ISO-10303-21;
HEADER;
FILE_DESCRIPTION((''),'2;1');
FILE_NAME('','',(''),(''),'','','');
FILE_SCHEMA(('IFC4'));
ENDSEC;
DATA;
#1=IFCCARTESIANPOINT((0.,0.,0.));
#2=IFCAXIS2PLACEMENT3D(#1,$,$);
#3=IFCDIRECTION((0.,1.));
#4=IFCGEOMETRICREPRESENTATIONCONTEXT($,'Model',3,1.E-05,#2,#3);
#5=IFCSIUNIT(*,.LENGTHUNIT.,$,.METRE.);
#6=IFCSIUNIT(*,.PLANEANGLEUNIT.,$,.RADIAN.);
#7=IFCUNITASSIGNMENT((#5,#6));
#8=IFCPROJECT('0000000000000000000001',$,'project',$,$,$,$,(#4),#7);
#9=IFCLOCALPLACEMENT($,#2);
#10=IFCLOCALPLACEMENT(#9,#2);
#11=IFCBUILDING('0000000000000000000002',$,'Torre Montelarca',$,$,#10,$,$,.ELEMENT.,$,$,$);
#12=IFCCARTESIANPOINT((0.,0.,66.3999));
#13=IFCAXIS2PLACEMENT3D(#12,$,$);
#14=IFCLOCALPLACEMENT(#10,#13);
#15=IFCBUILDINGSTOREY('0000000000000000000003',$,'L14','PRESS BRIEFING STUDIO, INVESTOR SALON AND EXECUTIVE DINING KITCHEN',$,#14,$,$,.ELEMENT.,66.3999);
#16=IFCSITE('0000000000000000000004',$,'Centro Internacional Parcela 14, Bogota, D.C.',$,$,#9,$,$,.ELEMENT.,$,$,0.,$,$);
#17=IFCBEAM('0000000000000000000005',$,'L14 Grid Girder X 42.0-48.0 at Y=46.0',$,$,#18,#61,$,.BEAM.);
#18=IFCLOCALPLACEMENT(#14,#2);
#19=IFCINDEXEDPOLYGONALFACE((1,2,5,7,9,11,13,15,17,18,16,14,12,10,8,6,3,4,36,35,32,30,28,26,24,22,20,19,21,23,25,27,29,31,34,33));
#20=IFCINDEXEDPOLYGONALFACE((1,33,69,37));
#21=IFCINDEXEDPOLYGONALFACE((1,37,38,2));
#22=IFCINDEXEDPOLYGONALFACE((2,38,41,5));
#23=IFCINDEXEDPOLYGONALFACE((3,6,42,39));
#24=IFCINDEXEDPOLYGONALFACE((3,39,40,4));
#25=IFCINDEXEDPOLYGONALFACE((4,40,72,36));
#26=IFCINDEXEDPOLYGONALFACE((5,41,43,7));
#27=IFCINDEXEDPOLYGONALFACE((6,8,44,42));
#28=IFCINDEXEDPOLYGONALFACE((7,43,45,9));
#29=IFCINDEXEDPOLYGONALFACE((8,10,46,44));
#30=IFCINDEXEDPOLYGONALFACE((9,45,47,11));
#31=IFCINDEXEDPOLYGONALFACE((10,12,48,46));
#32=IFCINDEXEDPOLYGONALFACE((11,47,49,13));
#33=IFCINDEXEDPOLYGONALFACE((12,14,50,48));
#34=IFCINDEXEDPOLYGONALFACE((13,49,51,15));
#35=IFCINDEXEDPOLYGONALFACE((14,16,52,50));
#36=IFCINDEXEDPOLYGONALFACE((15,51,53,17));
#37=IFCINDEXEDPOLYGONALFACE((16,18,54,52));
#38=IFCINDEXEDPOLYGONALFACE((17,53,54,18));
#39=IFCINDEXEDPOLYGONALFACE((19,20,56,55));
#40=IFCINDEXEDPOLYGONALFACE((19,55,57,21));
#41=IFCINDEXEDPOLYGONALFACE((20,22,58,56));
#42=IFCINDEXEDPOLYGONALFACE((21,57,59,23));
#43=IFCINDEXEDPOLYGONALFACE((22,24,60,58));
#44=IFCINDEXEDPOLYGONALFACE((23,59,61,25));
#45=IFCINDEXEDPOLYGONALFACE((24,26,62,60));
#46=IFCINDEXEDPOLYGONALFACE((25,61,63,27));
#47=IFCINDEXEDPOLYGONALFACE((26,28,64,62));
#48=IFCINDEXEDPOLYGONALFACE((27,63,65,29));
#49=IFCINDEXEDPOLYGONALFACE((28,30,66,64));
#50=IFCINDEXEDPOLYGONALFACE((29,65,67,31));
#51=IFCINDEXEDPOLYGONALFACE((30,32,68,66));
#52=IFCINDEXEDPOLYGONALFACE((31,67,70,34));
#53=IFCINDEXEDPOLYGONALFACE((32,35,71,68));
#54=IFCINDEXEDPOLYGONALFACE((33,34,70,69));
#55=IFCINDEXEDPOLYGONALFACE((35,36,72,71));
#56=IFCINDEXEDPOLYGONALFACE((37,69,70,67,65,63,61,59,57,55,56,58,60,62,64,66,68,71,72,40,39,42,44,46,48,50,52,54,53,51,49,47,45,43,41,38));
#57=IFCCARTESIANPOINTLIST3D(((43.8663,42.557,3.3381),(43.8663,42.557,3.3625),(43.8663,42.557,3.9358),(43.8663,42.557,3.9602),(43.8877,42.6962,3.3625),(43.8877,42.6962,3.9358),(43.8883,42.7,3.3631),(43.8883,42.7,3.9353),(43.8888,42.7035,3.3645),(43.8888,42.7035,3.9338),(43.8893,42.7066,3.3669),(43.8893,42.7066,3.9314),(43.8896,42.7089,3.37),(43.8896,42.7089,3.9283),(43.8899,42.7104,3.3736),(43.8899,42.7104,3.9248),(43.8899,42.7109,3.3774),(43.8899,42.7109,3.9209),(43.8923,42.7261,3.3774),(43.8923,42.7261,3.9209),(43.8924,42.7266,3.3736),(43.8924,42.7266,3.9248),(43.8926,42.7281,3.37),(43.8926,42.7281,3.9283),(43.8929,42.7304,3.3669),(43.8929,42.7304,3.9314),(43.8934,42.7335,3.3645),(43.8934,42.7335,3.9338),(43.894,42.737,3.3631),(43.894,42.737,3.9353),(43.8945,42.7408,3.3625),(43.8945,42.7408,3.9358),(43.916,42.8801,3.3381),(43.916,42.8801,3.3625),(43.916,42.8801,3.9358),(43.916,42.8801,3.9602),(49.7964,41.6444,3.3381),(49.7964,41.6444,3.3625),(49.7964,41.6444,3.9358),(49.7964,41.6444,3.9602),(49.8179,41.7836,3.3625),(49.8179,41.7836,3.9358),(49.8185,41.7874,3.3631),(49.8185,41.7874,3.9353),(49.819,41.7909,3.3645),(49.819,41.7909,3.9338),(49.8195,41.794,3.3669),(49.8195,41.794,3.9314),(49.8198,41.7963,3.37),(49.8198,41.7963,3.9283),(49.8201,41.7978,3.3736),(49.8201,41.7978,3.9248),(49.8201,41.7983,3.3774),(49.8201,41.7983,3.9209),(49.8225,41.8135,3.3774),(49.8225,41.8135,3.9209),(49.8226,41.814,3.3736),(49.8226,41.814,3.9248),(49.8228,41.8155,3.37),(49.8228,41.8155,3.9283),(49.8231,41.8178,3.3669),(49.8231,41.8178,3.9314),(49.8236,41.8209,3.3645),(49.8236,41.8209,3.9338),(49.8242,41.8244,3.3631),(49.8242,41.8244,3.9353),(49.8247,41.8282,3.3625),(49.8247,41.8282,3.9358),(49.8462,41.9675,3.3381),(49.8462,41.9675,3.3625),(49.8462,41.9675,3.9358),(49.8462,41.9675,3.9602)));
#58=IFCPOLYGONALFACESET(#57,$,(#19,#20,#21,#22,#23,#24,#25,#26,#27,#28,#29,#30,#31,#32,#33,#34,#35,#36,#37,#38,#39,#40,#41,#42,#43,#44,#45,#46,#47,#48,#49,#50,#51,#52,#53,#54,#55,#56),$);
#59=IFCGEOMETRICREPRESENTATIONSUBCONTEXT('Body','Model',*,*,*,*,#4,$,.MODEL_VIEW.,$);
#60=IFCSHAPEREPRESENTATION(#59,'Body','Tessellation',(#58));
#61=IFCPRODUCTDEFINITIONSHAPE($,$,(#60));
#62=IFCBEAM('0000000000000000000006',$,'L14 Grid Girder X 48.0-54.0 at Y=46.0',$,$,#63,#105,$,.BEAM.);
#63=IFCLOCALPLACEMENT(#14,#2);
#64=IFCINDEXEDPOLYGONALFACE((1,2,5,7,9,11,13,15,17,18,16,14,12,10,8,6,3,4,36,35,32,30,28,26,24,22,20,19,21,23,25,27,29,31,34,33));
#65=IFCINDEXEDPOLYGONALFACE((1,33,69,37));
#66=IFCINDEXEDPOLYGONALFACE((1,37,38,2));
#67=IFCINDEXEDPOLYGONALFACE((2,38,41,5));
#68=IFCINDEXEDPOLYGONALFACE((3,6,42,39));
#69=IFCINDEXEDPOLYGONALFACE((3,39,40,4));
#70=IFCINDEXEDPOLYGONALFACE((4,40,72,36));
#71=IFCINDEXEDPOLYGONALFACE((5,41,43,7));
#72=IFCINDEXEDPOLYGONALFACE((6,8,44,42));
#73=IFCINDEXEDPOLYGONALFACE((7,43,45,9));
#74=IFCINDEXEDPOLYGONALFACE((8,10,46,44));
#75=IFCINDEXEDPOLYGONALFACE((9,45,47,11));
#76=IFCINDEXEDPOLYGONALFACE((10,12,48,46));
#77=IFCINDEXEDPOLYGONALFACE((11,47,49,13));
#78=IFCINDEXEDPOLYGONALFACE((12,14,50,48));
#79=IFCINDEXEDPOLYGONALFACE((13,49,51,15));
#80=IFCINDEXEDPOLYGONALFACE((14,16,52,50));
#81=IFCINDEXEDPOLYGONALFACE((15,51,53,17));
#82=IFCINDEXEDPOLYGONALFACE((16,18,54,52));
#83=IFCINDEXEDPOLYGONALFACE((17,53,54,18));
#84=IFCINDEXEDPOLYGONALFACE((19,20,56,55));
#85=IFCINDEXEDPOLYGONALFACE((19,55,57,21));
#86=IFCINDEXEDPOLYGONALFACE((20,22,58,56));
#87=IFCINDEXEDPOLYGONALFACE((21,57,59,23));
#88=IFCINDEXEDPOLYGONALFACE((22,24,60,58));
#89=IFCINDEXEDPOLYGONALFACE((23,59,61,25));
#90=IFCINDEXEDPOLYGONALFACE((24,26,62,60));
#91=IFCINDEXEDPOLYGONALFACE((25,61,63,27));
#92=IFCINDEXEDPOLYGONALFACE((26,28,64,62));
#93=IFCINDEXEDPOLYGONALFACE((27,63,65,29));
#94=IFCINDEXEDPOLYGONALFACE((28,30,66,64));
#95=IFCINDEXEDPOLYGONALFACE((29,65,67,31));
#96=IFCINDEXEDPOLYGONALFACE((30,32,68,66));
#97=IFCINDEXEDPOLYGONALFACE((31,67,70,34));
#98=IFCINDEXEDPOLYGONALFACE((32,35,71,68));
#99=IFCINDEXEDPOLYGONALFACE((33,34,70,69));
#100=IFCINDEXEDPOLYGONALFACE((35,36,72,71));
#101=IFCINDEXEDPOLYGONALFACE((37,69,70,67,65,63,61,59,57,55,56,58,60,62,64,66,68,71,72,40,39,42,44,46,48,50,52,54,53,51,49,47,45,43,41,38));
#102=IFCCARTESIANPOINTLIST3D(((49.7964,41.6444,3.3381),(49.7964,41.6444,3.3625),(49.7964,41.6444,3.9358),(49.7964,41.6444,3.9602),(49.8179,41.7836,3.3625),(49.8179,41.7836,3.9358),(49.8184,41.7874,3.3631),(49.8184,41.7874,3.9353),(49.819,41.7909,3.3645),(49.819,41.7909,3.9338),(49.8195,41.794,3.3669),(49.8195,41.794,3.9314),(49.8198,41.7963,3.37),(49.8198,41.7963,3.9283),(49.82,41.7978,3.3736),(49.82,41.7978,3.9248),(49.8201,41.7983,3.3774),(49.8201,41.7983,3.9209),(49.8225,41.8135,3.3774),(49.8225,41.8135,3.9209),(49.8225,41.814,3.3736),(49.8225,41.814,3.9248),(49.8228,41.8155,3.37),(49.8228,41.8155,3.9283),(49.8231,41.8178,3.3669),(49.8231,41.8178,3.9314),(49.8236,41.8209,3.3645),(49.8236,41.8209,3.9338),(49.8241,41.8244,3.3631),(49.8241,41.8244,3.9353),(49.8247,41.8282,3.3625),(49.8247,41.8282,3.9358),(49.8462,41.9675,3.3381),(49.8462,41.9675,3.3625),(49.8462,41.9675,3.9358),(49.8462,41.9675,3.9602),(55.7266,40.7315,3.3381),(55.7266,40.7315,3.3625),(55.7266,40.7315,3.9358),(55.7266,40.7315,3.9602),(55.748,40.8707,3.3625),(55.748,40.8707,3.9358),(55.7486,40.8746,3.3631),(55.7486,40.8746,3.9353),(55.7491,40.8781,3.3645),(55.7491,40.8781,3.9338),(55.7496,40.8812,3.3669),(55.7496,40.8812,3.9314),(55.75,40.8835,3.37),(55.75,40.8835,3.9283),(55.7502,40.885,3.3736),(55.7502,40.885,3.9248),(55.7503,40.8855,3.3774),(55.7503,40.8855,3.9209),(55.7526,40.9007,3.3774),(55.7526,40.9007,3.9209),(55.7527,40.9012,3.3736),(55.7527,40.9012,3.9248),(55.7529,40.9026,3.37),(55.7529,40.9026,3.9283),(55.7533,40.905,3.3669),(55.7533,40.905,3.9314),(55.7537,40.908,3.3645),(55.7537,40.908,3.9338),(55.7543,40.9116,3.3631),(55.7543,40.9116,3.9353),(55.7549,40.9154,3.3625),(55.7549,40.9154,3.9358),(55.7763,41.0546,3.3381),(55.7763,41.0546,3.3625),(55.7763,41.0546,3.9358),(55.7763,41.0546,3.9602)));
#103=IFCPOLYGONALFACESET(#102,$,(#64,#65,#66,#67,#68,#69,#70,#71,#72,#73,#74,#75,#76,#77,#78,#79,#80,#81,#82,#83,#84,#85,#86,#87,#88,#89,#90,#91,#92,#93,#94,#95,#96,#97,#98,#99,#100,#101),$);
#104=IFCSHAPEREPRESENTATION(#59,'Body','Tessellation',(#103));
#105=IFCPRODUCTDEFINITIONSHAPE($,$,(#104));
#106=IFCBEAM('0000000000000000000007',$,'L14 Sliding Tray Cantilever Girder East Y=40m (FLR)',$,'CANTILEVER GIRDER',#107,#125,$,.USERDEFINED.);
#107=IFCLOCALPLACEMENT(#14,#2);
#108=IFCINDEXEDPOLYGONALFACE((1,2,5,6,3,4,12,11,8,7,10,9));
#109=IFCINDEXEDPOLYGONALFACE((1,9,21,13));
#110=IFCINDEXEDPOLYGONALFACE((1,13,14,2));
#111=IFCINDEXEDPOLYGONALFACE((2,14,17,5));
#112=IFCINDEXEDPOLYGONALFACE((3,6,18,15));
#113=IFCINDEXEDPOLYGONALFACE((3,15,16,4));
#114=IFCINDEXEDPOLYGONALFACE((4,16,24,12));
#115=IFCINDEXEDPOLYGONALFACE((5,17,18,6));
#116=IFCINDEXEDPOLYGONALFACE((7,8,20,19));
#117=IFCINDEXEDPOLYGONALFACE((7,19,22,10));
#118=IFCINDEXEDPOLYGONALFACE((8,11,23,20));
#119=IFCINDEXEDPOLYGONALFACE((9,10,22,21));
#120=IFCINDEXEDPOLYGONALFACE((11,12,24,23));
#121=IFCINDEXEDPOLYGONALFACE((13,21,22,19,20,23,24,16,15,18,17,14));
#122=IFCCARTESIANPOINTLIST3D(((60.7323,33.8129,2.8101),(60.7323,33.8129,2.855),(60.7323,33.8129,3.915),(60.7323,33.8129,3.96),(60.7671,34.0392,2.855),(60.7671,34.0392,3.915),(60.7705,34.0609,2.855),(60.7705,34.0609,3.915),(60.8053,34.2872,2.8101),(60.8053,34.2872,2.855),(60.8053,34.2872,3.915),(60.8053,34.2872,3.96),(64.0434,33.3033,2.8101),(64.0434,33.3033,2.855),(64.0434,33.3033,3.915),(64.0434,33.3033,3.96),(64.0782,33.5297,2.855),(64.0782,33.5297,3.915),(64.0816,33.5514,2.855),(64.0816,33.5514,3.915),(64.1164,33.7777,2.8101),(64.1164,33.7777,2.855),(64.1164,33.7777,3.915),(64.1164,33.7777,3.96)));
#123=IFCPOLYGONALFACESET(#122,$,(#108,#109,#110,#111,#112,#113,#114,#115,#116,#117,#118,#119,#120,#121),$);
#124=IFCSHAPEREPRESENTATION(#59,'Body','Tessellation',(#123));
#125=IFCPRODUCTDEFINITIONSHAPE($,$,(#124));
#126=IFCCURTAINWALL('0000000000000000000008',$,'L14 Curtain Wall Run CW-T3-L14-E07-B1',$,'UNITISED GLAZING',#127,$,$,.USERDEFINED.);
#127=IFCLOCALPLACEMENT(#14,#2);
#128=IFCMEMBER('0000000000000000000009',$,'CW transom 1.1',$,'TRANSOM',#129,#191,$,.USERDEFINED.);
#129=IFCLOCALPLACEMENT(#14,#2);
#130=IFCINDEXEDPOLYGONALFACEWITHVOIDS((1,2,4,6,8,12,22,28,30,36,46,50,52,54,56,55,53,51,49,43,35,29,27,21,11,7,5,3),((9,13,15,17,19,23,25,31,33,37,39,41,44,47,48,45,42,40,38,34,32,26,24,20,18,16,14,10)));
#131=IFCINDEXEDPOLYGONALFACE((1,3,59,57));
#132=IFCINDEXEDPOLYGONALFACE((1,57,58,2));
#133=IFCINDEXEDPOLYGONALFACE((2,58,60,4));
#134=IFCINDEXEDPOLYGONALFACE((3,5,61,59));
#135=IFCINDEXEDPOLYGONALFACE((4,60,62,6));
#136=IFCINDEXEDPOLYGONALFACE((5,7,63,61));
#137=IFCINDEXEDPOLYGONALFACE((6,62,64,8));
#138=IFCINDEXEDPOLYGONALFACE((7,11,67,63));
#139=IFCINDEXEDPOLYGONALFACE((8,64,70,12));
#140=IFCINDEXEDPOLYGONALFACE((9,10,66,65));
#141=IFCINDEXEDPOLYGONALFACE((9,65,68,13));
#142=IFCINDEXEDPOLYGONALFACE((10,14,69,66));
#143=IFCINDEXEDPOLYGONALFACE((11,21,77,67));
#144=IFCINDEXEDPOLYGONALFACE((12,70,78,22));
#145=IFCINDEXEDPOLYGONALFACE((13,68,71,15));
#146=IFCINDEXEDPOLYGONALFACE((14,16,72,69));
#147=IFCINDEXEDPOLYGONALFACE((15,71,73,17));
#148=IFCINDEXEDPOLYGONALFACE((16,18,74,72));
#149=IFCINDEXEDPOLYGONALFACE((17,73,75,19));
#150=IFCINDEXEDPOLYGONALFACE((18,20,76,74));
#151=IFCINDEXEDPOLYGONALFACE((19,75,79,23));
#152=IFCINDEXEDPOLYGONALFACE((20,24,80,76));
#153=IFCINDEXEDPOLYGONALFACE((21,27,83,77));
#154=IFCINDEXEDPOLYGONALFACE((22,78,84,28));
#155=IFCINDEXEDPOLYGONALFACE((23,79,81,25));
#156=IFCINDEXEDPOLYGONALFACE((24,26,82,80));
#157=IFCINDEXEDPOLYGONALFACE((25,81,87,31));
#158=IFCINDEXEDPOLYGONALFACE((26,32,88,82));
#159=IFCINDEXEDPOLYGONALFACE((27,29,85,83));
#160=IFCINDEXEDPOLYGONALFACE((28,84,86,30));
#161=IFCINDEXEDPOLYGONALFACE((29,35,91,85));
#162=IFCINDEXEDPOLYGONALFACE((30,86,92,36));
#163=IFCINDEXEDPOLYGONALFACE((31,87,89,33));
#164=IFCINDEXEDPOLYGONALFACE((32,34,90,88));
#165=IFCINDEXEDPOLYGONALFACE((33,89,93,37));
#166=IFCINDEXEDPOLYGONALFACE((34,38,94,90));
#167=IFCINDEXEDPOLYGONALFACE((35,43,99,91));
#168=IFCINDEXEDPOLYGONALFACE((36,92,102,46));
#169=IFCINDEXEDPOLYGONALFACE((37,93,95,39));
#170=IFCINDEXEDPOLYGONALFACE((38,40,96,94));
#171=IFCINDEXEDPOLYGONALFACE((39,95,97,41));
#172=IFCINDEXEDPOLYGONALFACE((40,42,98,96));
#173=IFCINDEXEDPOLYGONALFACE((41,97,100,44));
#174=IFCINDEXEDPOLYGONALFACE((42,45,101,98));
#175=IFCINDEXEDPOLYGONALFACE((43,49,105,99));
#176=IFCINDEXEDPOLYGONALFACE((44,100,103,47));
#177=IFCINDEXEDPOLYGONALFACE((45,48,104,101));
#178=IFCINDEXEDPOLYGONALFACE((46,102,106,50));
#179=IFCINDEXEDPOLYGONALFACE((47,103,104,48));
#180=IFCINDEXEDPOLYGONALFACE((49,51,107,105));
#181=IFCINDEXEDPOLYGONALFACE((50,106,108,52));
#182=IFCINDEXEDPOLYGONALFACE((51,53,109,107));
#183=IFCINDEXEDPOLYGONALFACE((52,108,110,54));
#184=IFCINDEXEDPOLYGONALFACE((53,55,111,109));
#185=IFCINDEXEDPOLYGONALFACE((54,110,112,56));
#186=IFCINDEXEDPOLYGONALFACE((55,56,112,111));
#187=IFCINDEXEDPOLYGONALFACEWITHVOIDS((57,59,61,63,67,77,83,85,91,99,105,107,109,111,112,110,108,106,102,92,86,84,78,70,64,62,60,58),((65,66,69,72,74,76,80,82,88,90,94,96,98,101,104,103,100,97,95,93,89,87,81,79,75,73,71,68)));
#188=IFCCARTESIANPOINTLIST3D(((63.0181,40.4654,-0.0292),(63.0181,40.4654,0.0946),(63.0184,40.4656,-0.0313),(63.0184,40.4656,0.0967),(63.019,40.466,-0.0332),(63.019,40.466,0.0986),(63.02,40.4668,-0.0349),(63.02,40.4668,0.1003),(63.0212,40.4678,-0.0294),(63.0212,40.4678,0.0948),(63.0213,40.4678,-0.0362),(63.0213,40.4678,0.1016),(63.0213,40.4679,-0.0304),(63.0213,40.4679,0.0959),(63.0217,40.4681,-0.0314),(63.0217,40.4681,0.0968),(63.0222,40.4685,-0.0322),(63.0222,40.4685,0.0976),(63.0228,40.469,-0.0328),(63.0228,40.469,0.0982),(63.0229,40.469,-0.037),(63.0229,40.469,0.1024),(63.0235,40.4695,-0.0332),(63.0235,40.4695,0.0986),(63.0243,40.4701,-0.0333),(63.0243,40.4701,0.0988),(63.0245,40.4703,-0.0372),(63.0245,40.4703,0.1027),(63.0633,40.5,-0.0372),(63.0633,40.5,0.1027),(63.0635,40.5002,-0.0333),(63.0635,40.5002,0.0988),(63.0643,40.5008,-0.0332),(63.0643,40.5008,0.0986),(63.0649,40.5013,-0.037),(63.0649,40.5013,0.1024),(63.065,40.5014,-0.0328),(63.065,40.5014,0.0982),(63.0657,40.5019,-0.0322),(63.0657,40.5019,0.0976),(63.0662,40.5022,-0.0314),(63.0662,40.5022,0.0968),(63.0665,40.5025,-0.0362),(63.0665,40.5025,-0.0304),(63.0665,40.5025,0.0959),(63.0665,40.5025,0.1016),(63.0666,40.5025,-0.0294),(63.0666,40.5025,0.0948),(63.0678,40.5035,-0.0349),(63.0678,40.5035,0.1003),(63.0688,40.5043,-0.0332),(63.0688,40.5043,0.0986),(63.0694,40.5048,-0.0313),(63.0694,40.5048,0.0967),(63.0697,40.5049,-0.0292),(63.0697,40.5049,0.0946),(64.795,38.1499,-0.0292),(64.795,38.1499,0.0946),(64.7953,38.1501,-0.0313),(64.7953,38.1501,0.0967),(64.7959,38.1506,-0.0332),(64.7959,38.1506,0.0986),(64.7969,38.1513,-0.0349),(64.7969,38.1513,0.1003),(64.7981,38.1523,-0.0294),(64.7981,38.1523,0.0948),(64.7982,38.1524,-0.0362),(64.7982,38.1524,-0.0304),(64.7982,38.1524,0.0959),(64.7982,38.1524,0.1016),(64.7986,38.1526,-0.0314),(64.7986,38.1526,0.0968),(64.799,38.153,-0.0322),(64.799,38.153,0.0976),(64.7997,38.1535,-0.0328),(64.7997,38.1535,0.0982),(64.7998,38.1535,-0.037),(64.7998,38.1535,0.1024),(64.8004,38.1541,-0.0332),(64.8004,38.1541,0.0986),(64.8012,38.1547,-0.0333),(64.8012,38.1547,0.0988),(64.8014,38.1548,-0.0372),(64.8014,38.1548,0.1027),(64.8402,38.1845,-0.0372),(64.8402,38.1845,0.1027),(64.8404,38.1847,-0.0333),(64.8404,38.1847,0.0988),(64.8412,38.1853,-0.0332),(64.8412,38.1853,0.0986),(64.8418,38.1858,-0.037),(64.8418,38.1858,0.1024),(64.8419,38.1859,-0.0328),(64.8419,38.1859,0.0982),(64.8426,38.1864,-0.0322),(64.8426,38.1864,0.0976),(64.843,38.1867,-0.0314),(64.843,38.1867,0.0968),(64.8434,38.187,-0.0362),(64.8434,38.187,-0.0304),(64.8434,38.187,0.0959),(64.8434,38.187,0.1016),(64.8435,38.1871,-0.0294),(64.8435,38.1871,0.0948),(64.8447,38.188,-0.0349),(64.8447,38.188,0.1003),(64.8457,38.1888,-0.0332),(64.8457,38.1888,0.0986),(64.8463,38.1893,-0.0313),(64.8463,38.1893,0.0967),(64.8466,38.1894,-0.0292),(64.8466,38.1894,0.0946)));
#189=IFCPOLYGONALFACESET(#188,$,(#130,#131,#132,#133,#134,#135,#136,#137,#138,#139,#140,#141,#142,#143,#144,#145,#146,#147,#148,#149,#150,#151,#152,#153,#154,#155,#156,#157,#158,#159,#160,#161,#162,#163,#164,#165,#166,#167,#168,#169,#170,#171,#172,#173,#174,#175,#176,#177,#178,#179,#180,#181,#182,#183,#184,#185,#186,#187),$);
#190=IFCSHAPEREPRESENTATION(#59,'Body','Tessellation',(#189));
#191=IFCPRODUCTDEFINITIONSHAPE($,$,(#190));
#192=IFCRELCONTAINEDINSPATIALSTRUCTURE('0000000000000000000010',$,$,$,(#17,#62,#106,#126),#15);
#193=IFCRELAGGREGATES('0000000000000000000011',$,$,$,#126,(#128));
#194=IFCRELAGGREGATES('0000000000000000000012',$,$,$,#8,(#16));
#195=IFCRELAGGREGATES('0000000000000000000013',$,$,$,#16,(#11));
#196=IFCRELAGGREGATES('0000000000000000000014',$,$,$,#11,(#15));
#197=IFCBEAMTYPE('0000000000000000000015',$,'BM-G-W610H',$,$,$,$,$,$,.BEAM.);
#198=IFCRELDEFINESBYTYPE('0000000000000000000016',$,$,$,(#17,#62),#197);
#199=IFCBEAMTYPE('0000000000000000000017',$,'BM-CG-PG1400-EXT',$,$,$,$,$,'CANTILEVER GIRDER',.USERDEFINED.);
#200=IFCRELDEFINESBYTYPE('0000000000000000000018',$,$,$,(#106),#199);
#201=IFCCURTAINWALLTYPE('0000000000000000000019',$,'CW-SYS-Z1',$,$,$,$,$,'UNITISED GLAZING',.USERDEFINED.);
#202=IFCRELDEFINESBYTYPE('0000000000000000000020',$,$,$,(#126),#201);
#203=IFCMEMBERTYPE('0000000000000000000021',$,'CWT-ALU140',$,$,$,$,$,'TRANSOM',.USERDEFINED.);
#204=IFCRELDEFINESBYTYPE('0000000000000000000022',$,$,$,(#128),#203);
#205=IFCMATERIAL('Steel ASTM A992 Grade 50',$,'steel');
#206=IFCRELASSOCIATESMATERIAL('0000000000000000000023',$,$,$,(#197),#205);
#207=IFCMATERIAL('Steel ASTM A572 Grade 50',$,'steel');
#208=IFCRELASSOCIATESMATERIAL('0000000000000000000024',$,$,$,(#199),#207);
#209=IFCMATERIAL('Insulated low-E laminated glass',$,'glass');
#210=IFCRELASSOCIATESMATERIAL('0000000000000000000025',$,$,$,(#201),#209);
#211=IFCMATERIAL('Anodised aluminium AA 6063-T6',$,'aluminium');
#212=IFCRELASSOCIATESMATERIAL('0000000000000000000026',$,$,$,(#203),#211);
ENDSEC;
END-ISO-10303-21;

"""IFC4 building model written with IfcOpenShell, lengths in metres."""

from ifc_helpers import new_model, si_unit, direction, frame, origin, origin_2d, place, context, subcontext, project, spatial, hollow_rectangle, i_section, extrude, source, transform, mapped, material, material_profile, profile_set, type_object, element, aggregate, save


model = new_model("IFC4")

# Units and contexts
model_context = context("Model", 3, precision=1e-05, world=origin(), true_north=direction((0.0, 1.0)))
body_context = subcontext(model_context, "Body", "Model", "MODEL_VIEW")
ifc_project = project(units=[si_unit("LENGTHUNIT", "METRE"), si_unit("PLANEANGLEUNIT", "RADIAN")], contexts=[model_context])

# Site, building, storey
site_placement = place(None, origin())
site = spatial("IfcSite", under=ifc_project, at=site_placement, Name="Centro Internacional Parcela 14, Bogota, D.C.", CompositionType="ELEMENT", RefElevation=0.0)
building_placement = place(site_placement, origin())
building = spatial("IfcBuilding", under=site, at=building_placement, Name="Torre Montelarca", CompositionType="ELEMENT")
storey_placement = place(building_placement, frame((0.0, 0.0, 66.3999)))
storey = spatial("IfcBuildingStorey", under=building, at=storey_placement, Name="L14", Description="PRESS BRIEFING STUDIO, INVESTOR SALON AND EXECUTIVE DINING KITCHEN", CompositionType="ELEMENT", Elevation=66.3999)

# Shared definitions
ifc_material_1 = material(Name="Steel ASTM A992 Grade 50", Category="steel")

# Beams
ifc_material_profile_1 = material_profile(ifc_material_1, i_section(OverallWidth=0.3269, OverallDepth=0.6221, WebThickness=0.0154, FlangeThickness=0.0244, FilletRadius=0.0149, at=origin_2d()), Name="W610X195", Category="steel")
ifc_profile_set_1 = profile_set([ifc_material_profile_1], Name="Steel ASTM A992 Grade 50")
beam_type_1 = type_object("IfcBeamType", Name="BM-G-W610H", PredefinedType="BEAM", material=ifc_profile_set_1)
shared_shape_1 = source(origin(), body_context, "Body", "SweptSolid", [
    extrude(i_section(OverallWidth=0.3269, OverallDepth=0.6221, WebThickness=0.0154, FlangeThickness=0.0244, FilletRadius=0.0149, at=origin_2d()), origin(), (0.0, 0.0, 1.0), 6.0),
])
for number, where, z_axis, x_axis, name in (
    (1, (43.8911, 42.7185, 3.6492), (0.988365, -0.1521, 0.0), (0.1521, 0.988365, 0.0), "L14 Grid Girder X 42.0-48.0 at Y=46.0"),
    (2, (49.8213, 41.8059, 3.6492), (0.988359, -0.15214, 0.0), (0.15214, 0.988359, 0.0), "L14 Grid Girder X 48.0-54.0 at Y=46.0"),
):
    element("IfcBeam", number, at=place(storey_placement, frame(where, z_axis=z_axis, x_axis=x_axis)), inside=storey, type_object=beam_type_1, Name=name, PredefinedType="BEAM", context=body_context, shape_type="MappedRepresentation", body=[
        mapped(shared_shape_1, transform((0.0, 0.0, 0.0), scale=1.0)),
    ])
ifc_material_2 = material(Name="Steel ASTM A572 Grade 50", Category="steel")
ifc_material_profile_2 = material_profile(ifc_material_2, i_section(OverallWidth=0.48, OverallDepth=1.1499, WebThickness=0.022, FlangeThickness=0.0449, at=origin_2d()), Name="PG1150X480X22X45", Category="steel")
ifc_profile_set_2 = profile_set([ifc_material_profile_2], Name="Steel ASTM A572 Grade 50")
beam_type_2 = type_object("IfcBeamType", Name="BM-CG-PG1400-EXT", ElementType="CANTILEVER GIRDER", PredefinedType="USERDEFINED", material=ifc_profile_set_2)
shared_shape_2 = source(origin(), body_context, "Body", "SweptSolid", [
    extrude(i_section(OverallWidth=0.48, OverallDepth=1.1499, WebThickness=0.022, FlangeThickness=0.0449, at=origin_2d()), origin(), (0.0, 0.0, 1.0), 3.3501),
])
beam_placement = place(storey_placement, frame((60.7688, 34.05, 3.385), z_axis=(0.988366, -0.152096, 0.0), x_axis=(0.152096, 0.988366, 0.0)))
element("IfcBeam", 3, at=beam_placement, inside=storey, type_object=beam_type_2, Name="L14 Sliding Tray Cantilever Girder East Y=40m (FLR)", ObjectType="CANTILEVER GIRDER", PredefinedType="USERDEFINED", context=body_context, shape_type="MappedRepresentation", body=[
    mapped(shared_shape_2, transform((0.0, 0.0, 0.0), scale=1.0)),
])

# Curtain wall, member
ifc_material_3 = material(Name="Insulated low-E laminated glass", Category="glass")
curtain_wall_type = type_object("IfcCurtainWallType", Name="CW-SYS-Z1", ElementType="UNITISED GLAZING", PredefinedType="USERDEFINED", material=ifc_material_3)
curtain_wall_1_placement = place(storey_placement, origin())
curtain_wall_1 = element("IfcCurtainWall", 4, at=curtain_wall_1_placement, inside=storey, type_object=curtain_wall_type, Name="L14 Curtain Wall Run CW-T3-L14-E07-B1", ObjectType="UNITISED GLAZING", PredefinedType="USERDEFINED")
ifc_material_4 = material(Name="Anodised aluminium AA 6063-T6", Category="aluminium")
ifc_material_profile_3 = material_profile(ifc_material_4, hollow_rectangle(XDim=0.0649, YDim=0.1399, WallThickness=0.0039, InnerFilletRadius=0.0039, OuterFilletRadius=0.0081, at=origin_2d()), Name="ALU65X140X4", Category="aluminium")
ifc_profile_set_3 = profile_set([ifc_material_profile_3], Name="Anodised aluminium AA 6063-T6")
member_type_1 = type_object("IfcMemberType", Name="CWT-ALU140", ElementType="TRANSOM", PredefinedType="USERDEFINED", material=ifc_profile_set_3)
shared_shape_3 = source(origin(), body_context, "Body", "SweptSolid", [
    extrude(hollow_rectangle(XDim=0.0649, YDim=0.1399, WallThickness=0.0039, InnerFilletRadius=0.0039, OuterFilletRadius=0.0081, at=origin_2d()), origin(), (0.0, 0.0, 1.0), 2.9187),
])
member_1_placement = place(storey_placement, frame((64.8208, 38.1697, 0.0327), z_axis=(-0.608797, 0.793326, 0.0), x_axis=(-0.793326, -0.608797, 0.0)))
member_1 = element("IfcMember", 5, at=member_1_placement, type_object=member_type_1, Name="CW transom 1.1", ObjectType="TRANSOM", PredefinedType="USERDEFINED", context=body_context, shape_type="MappedRepresentation", body=[
    mapped(shared_shape_3, transform((0.0, 0.0, 0.0), scale=1.0)),
])

aggregate(curtain_wall_1, [member_1])

save(model, "model.ifc")
